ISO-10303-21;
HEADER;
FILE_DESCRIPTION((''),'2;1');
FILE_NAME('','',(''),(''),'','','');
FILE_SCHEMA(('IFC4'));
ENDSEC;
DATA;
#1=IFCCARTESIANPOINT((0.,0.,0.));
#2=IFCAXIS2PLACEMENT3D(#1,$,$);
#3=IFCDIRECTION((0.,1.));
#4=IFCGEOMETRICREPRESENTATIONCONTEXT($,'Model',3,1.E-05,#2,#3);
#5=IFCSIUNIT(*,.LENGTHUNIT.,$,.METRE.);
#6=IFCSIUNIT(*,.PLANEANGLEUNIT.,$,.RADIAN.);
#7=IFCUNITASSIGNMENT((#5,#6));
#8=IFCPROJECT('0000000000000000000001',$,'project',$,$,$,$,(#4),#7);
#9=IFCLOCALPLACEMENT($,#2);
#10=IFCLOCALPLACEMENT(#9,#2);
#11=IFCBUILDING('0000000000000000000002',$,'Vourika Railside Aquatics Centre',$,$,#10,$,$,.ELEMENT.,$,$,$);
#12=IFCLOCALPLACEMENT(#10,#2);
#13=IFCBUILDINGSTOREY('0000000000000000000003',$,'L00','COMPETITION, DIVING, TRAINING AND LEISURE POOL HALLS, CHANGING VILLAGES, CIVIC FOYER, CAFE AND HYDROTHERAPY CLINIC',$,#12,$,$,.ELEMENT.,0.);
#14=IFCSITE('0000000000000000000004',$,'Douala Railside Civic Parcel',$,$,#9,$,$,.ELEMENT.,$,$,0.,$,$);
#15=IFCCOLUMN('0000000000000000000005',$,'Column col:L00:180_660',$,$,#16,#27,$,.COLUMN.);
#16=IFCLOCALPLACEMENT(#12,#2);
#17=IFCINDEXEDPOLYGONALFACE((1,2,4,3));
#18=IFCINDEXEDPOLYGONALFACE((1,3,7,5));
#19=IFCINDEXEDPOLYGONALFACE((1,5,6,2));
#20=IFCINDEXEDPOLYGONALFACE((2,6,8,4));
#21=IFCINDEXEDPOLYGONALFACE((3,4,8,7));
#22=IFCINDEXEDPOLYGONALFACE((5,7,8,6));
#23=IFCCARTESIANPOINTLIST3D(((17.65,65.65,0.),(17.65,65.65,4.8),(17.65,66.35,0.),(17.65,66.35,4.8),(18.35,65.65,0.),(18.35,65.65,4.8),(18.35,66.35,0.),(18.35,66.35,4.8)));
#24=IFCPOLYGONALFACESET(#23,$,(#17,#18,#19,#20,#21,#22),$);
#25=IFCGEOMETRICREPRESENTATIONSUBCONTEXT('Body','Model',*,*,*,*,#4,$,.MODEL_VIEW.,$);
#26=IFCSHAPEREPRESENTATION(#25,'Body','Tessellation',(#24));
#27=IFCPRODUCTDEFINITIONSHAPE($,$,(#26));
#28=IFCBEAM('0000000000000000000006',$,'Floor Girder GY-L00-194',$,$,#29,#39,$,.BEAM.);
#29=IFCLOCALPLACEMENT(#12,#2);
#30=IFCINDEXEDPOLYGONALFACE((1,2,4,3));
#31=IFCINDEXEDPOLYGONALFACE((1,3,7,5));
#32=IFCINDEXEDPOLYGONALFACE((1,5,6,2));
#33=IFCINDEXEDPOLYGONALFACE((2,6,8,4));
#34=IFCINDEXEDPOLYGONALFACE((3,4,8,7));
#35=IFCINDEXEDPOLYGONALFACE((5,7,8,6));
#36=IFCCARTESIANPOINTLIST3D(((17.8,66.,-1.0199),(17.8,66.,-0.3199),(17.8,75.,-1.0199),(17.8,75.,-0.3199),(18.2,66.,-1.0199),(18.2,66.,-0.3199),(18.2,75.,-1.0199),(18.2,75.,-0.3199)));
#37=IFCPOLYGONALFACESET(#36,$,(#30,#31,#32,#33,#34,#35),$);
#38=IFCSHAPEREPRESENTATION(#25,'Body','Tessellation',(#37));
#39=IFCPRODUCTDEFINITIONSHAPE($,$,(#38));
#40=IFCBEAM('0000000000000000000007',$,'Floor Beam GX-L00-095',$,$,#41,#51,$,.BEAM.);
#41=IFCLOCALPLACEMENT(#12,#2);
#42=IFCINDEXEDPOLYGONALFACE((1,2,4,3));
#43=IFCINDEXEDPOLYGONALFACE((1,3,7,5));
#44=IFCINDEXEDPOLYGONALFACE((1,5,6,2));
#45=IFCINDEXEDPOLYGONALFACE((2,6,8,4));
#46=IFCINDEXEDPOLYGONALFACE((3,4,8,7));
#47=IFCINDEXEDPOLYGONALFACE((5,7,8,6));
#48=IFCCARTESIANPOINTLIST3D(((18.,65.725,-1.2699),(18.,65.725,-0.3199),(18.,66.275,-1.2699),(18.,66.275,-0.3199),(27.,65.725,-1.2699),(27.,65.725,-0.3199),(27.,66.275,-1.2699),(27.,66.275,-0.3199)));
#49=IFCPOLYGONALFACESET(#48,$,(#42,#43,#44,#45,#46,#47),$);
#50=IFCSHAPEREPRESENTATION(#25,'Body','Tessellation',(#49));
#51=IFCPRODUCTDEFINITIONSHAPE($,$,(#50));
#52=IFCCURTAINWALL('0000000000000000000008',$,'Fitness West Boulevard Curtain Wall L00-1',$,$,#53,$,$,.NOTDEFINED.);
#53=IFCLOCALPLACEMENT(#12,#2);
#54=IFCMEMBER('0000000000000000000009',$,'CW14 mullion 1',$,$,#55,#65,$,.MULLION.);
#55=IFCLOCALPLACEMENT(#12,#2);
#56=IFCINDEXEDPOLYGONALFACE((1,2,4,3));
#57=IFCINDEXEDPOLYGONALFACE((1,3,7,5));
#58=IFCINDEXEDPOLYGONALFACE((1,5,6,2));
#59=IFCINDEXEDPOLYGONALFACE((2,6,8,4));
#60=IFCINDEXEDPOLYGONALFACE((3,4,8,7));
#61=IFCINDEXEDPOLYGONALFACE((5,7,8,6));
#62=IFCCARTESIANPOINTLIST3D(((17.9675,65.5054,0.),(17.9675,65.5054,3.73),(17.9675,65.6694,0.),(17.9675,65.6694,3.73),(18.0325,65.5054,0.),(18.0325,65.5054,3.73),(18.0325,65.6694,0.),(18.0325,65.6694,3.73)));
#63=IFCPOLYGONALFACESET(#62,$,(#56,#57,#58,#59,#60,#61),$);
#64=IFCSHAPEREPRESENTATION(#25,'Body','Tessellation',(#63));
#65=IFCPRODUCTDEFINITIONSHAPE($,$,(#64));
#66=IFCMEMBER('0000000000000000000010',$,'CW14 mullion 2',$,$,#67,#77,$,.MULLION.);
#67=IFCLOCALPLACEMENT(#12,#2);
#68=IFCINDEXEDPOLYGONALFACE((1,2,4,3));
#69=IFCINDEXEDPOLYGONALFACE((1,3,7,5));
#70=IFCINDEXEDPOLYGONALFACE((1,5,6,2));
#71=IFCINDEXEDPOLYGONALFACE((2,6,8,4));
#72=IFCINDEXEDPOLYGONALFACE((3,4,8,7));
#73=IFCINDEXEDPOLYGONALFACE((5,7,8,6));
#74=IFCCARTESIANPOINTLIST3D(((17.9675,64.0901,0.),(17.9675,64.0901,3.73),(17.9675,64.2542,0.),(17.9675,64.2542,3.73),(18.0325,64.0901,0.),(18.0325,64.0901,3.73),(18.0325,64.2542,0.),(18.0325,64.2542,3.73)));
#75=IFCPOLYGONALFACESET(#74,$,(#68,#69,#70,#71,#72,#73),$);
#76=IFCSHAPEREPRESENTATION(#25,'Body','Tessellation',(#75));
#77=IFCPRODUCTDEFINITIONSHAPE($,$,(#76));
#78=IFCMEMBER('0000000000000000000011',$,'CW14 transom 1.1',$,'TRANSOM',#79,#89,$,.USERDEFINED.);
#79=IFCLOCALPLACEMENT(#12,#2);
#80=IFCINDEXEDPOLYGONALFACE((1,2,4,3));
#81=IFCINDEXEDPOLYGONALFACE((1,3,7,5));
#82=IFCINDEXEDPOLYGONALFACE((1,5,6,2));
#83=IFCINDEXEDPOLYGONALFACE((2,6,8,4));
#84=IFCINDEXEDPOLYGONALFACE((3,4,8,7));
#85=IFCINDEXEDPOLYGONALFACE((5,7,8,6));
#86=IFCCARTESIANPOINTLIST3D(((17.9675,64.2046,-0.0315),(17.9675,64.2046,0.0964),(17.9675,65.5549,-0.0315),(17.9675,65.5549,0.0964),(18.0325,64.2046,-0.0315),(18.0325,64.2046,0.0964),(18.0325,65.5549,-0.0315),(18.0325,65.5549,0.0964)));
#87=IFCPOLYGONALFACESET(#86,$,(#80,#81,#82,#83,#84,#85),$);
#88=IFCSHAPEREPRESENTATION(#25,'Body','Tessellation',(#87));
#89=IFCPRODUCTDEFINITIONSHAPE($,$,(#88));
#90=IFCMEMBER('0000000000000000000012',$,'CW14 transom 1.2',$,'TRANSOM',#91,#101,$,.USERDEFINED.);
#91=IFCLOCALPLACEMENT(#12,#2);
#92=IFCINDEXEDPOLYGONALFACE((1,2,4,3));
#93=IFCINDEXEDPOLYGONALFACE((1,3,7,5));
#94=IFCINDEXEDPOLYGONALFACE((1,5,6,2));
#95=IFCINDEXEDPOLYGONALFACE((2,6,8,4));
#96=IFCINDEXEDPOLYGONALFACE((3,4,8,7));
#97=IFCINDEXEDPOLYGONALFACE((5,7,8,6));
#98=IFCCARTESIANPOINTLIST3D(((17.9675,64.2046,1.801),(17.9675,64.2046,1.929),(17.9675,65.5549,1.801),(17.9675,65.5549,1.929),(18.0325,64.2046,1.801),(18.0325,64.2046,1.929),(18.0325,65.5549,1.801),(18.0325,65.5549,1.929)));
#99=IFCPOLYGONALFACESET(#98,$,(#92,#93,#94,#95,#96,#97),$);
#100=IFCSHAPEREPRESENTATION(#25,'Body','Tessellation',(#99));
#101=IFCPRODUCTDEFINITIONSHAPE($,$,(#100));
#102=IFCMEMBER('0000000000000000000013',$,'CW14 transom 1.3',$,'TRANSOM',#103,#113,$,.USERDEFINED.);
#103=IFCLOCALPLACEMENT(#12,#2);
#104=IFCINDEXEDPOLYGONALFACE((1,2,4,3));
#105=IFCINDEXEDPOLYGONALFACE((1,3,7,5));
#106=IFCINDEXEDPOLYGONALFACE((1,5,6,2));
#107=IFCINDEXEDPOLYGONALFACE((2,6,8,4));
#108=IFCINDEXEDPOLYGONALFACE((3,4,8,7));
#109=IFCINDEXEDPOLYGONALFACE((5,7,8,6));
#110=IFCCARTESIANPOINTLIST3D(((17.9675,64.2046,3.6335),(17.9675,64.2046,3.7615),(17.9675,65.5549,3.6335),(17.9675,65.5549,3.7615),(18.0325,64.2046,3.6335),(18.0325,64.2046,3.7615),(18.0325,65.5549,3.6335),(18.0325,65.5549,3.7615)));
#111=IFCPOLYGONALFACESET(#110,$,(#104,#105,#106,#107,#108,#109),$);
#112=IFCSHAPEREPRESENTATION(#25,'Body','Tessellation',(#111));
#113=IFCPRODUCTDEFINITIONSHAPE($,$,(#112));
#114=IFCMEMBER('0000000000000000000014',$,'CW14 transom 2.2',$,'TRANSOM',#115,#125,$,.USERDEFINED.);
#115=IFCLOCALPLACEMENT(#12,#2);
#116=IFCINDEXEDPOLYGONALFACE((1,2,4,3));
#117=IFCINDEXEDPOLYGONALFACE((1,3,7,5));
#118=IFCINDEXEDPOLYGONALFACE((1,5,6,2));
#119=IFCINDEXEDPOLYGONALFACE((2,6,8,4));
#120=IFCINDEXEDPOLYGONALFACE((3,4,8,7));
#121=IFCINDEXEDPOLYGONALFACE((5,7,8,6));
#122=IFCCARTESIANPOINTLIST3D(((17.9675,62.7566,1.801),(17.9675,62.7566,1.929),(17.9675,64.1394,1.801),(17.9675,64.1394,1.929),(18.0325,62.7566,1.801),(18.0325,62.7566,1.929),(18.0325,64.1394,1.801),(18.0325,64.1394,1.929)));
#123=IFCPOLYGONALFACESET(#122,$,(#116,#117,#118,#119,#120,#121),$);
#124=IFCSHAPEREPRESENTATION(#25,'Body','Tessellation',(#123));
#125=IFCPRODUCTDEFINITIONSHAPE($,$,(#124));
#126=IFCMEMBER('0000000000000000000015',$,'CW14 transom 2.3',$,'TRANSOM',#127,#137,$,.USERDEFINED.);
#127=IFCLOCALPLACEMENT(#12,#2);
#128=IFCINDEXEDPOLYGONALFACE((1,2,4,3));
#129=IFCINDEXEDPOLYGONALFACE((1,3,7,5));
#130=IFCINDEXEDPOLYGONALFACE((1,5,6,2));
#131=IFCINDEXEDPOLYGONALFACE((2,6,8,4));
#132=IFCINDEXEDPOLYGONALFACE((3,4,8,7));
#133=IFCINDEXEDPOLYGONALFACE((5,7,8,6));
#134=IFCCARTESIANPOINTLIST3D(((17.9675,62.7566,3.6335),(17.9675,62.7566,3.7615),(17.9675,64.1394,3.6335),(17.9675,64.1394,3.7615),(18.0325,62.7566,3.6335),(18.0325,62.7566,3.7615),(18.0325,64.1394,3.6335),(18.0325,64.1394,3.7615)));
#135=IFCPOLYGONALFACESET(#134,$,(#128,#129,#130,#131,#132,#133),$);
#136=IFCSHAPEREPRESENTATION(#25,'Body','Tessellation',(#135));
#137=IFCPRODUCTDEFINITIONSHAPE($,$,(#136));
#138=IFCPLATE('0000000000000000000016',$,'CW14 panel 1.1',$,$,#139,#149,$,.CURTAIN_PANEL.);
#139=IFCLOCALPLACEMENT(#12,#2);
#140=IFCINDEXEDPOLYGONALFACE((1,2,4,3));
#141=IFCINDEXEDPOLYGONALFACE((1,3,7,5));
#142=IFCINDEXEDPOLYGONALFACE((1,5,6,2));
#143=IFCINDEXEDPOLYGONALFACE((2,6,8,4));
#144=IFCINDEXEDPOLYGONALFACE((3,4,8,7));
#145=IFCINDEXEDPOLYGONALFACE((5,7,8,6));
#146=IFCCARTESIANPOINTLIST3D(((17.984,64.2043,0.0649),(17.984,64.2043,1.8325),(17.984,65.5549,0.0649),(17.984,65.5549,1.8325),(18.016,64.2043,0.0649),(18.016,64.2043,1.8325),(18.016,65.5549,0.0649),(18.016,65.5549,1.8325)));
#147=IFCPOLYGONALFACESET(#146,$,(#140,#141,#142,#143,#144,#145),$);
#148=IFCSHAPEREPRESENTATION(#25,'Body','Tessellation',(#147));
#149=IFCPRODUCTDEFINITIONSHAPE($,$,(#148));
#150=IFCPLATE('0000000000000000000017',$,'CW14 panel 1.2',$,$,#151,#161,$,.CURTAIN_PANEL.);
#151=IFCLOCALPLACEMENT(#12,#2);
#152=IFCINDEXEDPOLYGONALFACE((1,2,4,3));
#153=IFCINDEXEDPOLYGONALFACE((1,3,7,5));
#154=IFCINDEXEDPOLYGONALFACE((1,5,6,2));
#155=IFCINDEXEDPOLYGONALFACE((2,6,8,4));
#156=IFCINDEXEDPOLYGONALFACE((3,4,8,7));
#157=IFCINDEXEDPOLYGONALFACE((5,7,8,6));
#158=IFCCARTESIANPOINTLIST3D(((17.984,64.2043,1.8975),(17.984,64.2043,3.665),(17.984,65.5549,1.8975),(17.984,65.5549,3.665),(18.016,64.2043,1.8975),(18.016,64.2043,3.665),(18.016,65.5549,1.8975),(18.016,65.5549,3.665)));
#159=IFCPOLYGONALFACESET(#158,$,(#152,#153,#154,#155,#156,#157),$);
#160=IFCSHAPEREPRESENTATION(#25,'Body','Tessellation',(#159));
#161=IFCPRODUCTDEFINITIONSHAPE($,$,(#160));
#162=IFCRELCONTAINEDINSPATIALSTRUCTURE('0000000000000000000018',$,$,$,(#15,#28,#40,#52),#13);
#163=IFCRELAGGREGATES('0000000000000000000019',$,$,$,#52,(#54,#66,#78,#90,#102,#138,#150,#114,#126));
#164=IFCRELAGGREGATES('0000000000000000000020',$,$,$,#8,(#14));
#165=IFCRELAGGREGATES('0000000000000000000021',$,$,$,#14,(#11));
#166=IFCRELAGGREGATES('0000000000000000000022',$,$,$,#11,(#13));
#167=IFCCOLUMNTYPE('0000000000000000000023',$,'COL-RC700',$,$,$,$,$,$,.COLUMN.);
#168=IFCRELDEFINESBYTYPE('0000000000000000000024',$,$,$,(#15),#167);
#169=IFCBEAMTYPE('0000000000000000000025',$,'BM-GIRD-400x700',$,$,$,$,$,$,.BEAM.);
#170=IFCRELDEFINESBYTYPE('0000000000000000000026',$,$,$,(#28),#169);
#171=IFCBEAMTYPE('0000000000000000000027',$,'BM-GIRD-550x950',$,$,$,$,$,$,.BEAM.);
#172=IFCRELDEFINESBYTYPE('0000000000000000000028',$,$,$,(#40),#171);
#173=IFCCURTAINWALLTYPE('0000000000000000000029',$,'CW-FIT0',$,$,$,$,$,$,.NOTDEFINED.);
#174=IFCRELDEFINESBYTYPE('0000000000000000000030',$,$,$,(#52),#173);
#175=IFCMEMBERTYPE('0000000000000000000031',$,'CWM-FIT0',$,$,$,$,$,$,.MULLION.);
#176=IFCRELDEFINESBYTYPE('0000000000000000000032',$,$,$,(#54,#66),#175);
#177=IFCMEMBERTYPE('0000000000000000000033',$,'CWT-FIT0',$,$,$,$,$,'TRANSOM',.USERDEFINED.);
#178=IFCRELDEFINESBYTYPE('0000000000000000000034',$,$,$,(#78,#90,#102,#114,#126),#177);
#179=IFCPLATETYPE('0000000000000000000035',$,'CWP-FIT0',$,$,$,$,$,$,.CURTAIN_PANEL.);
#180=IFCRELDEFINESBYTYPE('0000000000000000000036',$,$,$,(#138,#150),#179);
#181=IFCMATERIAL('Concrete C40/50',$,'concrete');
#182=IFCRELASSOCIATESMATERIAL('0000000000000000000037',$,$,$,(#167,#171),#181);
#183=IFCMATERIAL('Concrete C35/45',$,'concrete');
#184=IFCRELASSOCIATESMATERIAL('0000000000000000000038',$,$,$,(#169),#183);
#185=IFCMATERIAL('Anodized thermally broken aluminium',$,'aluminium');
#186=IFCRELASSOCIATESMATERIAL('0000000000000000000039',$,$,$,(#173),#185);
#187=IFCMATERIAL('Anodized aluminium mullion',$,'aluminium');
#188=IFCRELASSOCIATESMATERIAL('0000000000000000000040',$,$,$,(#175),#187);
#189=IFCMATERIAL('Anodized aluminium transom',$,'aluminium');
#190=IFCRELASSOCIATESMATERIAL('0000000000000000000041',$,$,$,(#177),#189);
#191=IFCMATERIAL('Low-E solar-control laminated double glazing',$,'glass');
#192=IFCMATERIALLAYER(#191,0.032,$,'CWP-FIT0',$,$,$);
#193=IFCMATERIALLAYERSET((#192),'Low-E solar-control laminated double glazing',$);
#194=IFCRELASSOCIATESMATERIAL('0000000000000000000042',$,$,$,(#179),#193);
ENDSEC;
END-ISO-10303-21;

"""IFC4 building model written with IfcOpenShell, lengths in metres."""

from ifc_helpers import new_model, si_unit, direction, frame, origin, origin_2d, place, context, subcontext, project, spatial, rectangle, extrude, material, layer, layer_set, material_profile, profile_set, type_object, element, aggregate, save


model = new_model("IFC4")

# Units and contexts
model_context = context("Model", 3, precision=1e-05, world=origin(), true_north=direction((0.0, 1.0)))
body_context = subcontext(model_context, "Body", "Model", "MODEL_VIEW")
ifc_project = project(units=[si_unit("LENGTHUNIT", "METRE"), si_unit("PLANEANGLEUNIT", "RADIAN")], contexts=[model_context])

# Site, building, storey
site_placement = place(None, origin())
site = spatial("IfcSite", under=ifc_project, at=site_placement, Name="Douala Railside Civic Parcel", CompositionType="ELEMENT", RefElevation=0.0)
building_placement = place(site_placement, origin())
building = spatial("IfcBuilding", under=site, at=building_placement, Name="Vourika Railside Aquatics Centre", CompositionType="ELEMENT")
storey_placement = place(building_placement, origin())
storey = spatial("IfcBuildingStorey", under=building, at=storey_placement, Name="L00", Description="COMPETITION, DIVING, TRAINING AND LEISURE POOL HALLS, CHANGING VILLAGES, CIVIC FOYER, CAFE AND HYDROTHERAPY CLINIC", CompositionType="ELEMENT", Elevation=0.0)

# Column
ifc_material_1 = material(Name="Concrete C40/50", Category="concrete")
ifc_material_profile_1 = material_profile(ifc_material_1, rectangle(XDim=0.7, YDim=0.7, at=origin_2d()), Name="RC 700x700")
ifc_profile_set_1 = profile_set([ifc_material_profile_1], Name="Concrete C40/50")
column_type = type_object("IfcColumnType", Name="COL-RC700", PredefinedType="COLUMN", material=ifc_profile_set_1)
column_placement = place(storey_placement, frame((18.0, 66.0, 0.0), z_axis=(0.0, 0.0, 1.0), x_axis=(1.0, 0.0, 0.0)))
element("IfcColumn", 1, at=column_placement, inside=storey, type_object=column_type, Name="Column col:L00:180_660", PredefinedType="COLUMN", context=body_context, shape_type="SweptSolid", body=[
    extrude(rectangle(XDim=0.7, YDim=0.7, at=origin_2d()), origin(), (0.0, 0.0, 1.0), 4.8),
])

# Beams
ifc_material_2 = material(Name="Concrete C35/45", Category="concrete")
ifc_material_profile_2 = material_profile(ifc_material_2, rectangle(XDim=0.3999, YDim=0.7, at=origin_2d()), Name="RC 400x700")
ifc_profile_set_2 = profile_set([ifc_material_profile_2], Name="Concrete C35/45")
beam_type_1 = type_object("IfcBeamType", Name="BM-GIRD-400x700", PredefinedType="BEAM", material=ifc_profile_set_2)
beam_1_placement = place(storey_placement, frame((18.0, 66.0, -0.6699), z_axis=(0.0, 1.0, 0.0), x_axis=(-1.0, 0.0, 0.0)))
element("IfcBeam", 2, at=beam_1_placement, inside=storey, type_object=beam_type_1, Name="Floor Girder GY-L00-194", PredefinedType="BEAM", context=body_context, shape_type="SweptSolid", body=[
    extrude(rectangle(XDim=0.3999, YDim=0.7, at=origin_2d()), origin(), (0.0, 0.0, 1.0), 9.0),
])
ifc_material_profile_3 = material_profile(ifc_material_1, rectangle(XDim=0.55, YDim=0.95, at=origin_2d()), Name="RC 550x950")
ifc_profile_set_3 = profile_set([ifc_material_profile_3], Name="Concrete C40/50")
beam_type_2 = type_object("IfcBeamType", Name="BM-GIRD-550x950", PredefinedType="BEAM", material=ifc_profile_set_3)
beam_2_placement = place(storey_placement, frame((18.0, 66.0, -0.7949), z_axis=(1.0, 0.0, 0.0), x_axis=(0.0, 1.0, 0.0)))
element("IfcBeam", 3, at=beam_2_placement, inside=storey, type_object=beam_type_2, Name="Floor Beam GX-L00-095", PredefinedType="BEAM", context=body_context, shape_type="SweptSolid", body=[
    extrude(rectangle(XDim=0.55, YDim=0.95, at=origin_2d()), origin(), (0.0, 0.0, 1.0), 9.0),
])

# Curtain wall, members, plates
ifc_material_3 = material(Name="Anodized thermally broken aluminium", Category="aluminium")
curtain_wall_type = type_object("IfcCurtainWallType", Name="CW-FIT0", PredefinedType="NOTDEFINED", material=ifc_material_3)
curtain_wall_placement = place(storey_placement, origin())
curtain_wall = element("IfcCurtainWall", 4, at=curtain_wall_placement, inside=storey, type_object=curtain_wall_type, Name="Fitness West Boulevard Curtain Wall L00-1", PredefinedType="NOTDEFINED")
ifc_material_4 = material(Name="Anodized aluminium mullion", Category="aluminium")
ifc_material_profile_4 = material_profile(ifc_material_4, rectangle(XDim=0.0649, YDim=0.1641, at=origin_2d()), Name="ALU-M 65x164")
ifc_profile_set_4 = profile_set([ifc_material_profile_4], Name="Anodized aluminium mullion")
member_type_1 = type_object("IfcMemberType", Name="CWM-FIT0", PredefinedType="MULLION", material=ifc_profile_set_4)
member_1_placement = place(storey_placement, frame((18.0, 65.5874, 0.0), z_axis=(0.0, 0.0, 1.0), x_axis=(1.0, 0.0, 0.0)))
member_1 = element("IfcMember", 5, at=member_1_placement, type_object=member_type_1, Name="CW14 mullion 1", PredefinedType="MULLION", context=body_context, shape_type="SweptSolid", body=[
    extrude(rectangle(XDim=0.0649, YDim=0.1641, at=origin_2d()), origin(), (0.0, 0.0, 1.0), 3.73),
])
member_2_placement = place(storey_placement, frame((18.0, 64.1721, 0.0), z_axis=(0.0, 0.0, 1.0), x_axis=(1.0, 0.0, 0.0)))
member_2 = element("IfcMember", 6, at=member_2_placement, type_object=member_type_1, Name="CW14 mullion 2", PredefinedType="MULLION", context=body_context, shape_type="SweptSolid", body=[
    extrude(rectangle(XDim=0.0649, YDim=0.1641, at=origin_2d()), origin(), (0.0, 0.0, 1.0), 3.73),
])
ifc_material_5 = material(Name="Anodized aluminium transom", Category="aluminium")
ifc_material_profile_5 = material_profile(ifc_material_5, rectangle(XDim=0.0649, YDim=0.1279, at=origin_2d()), Name="ALU-T 65x128")
ifc_profile_set_5 = profile_set([ifc_material_profile_5], Name="Anodized aluminium transom")
member_type_2 = type_object("IfcMemberType", Name="CWT-FIT0", ElementType="TRANSOM", PredefinedType="USERDEFINED", material=ifc_profile_set_5)
member_3_placement = place(storey_placement, frame((18.0, 65.5549, 0.0325), z_axis=(0.0, -1.0, 0.0), x_axis=(1.0, 0.0, 0.0)))
member_3 = element("IfcMember", 7, at=member_3_placement, type_object=member_type_2, Name="CW14 transom 1.1", ObjectType="TRANSOM", PredefinedType="USERDEFINED", context=body_context, shape_type="SweptSolid", body=[
    extrude(rectangle(XDim=0.0649, YDim=0.1279, at=origin_2d()), origin(), (0.0, 0.0, 1.0), 1.3503),
])
member_4_placement = place(storey_placement, frame((18.0, 65.5549, 1.865), z_axis=(0.0, -1.0, 0.0), x_axis=(1.0, 0.0, 0.0)))
member_4 = element("IfcMember", 8, at=member_4_placement, type_object=member_type_2, Name="CW14 transom 1.2", ObjectType="TRANSOM", PredefinedType="USERDEFINED", context=body_context, shape_type="SweptSolid", body=[
    extrude(rectangle(XDim=0.0649, YDim=0.1279, at=origin_2d()), origin(), (0.0, 0.0, 1.0), 1.3503),
])
member_5_placement = place(storey_placement, frame((18.0, 65.5549, 3.6975), z_axis=(0.0, -1.0, 0.0), x_axis=(1.0, 0.0, 0.0)))
member_5 = element("IfcMember", 9, at=member_5_placement, type_object=member_type_2, Name="CW14 transom 1.3", ObjectType="TRANSOM", PredefinedType="USERDEFINED", context=body_context, shape_type="SweptSolid", body=[
    extrude(rectangle(XDim=0.0649, YDim=0.1279, at=origin_2d()), origin(), (0.0, 0.0, 1.0), 1.3503),
])
member_6_placement = place(storey_placement, frame((18.0, 64.1394, 1.865), z_axis=(0.0, -1.0, 0.0), x_axis=(1.0, 0.0, 0.0)))
member_6 = element("IfcMember", 10, at=member_6_placement, type_object=member_type_2, Name="CW14 transom 2.2", ObjectType="TRANSOM", PredefinedType="USERDEFINED", context=body_context, shape_type="SweptSolid", body=[
    extrude(rectangle(XDim=0.0649, YDim=0.1279, at=origin_2d()), origin(), (0.0, 0.0, 1.0), 1.3828),
])
member_7_placement = place(storey_placement, frame((18.0, 64.1394, 3.6975), z_axis=(0.0, -1.0, 0.0), x_axis=(1.0, 0.0, 0.0)))
member_7 = element("IfcMember", 11, at=member_7_placement, type_object=member_type_2, Name="CW14 transom 2.3", ObjectType="TRANSOM", PredefinedType="USERDEFINED", context=body_context, shape_type="SweptSolid", body=[
    extrude(rectangle(XDim=0.0649, YDim=0.1279, at=origin_2d()), origin(), (0.0, 0.0, 1.0), 1.3828),
])
ifc_material_6 = material(Name="Low-E solar-control laminated double glazing", Category="glass")
ifc_layer_1 = layer(ifc_material_6, 0.032, Name="CWP-FIT0")
ifc_layer_set_1 = layer_set([ifc_layer_1], Name="Low-E solar-control laminated double glazing")
plate_type = type_object("IfcPlateType", Name="CWP-FIT0", PredefinedType="CURTAIN_PANEL", material=ifc_layer_set_1)
plate_1_placement = place(storey_placement, frame((18.0, 64.8796, 0.0649), z_axis=(0.0, 0.0, 1.0), x_axis=(0.0, -1.0, 0.0)))
plate_1 = element("IfcPlate", 12, at=plate_1_placement, type_object=plate_type, Name="CW14 panel 1.1", PredefinedType="CURTAIN_PANEL", context=body_context, shape_type="SweptSolid", body=[
    extrude(rectangle(XDim=1.3506, YDim=0.032, at=origin_2d()), origin(), (0.0, 0.0, 1.0), 1.7676),
])
plate_2_placement = place(storey_placement, frame((18.0, 64.8796, 1.8975), z_axis=(0.0, 0.0, 1.0), x_axis=(0.0, -1.0, 0.0)))
plate_2 = element("IfcPlate", 13, at=plate_2_placement, type_object=plate_type, Name="CW14 panel 1.2", PredefinedType="CURTAIN_PANEL", context=body_context, shape_type="SweptSolid", body=[
    extrude(rectangle(XDim=1.3506, YDim=0.032, at=origin_2d()), origin(), (0.0, 0.0, 1.0), 1.7676),
])
aggregate(curtain_wall, [member_1, member_2, member_3, member_4, member_5, plate_1, plate_2, member_6, member_7])

save(model, "model.ifc")
